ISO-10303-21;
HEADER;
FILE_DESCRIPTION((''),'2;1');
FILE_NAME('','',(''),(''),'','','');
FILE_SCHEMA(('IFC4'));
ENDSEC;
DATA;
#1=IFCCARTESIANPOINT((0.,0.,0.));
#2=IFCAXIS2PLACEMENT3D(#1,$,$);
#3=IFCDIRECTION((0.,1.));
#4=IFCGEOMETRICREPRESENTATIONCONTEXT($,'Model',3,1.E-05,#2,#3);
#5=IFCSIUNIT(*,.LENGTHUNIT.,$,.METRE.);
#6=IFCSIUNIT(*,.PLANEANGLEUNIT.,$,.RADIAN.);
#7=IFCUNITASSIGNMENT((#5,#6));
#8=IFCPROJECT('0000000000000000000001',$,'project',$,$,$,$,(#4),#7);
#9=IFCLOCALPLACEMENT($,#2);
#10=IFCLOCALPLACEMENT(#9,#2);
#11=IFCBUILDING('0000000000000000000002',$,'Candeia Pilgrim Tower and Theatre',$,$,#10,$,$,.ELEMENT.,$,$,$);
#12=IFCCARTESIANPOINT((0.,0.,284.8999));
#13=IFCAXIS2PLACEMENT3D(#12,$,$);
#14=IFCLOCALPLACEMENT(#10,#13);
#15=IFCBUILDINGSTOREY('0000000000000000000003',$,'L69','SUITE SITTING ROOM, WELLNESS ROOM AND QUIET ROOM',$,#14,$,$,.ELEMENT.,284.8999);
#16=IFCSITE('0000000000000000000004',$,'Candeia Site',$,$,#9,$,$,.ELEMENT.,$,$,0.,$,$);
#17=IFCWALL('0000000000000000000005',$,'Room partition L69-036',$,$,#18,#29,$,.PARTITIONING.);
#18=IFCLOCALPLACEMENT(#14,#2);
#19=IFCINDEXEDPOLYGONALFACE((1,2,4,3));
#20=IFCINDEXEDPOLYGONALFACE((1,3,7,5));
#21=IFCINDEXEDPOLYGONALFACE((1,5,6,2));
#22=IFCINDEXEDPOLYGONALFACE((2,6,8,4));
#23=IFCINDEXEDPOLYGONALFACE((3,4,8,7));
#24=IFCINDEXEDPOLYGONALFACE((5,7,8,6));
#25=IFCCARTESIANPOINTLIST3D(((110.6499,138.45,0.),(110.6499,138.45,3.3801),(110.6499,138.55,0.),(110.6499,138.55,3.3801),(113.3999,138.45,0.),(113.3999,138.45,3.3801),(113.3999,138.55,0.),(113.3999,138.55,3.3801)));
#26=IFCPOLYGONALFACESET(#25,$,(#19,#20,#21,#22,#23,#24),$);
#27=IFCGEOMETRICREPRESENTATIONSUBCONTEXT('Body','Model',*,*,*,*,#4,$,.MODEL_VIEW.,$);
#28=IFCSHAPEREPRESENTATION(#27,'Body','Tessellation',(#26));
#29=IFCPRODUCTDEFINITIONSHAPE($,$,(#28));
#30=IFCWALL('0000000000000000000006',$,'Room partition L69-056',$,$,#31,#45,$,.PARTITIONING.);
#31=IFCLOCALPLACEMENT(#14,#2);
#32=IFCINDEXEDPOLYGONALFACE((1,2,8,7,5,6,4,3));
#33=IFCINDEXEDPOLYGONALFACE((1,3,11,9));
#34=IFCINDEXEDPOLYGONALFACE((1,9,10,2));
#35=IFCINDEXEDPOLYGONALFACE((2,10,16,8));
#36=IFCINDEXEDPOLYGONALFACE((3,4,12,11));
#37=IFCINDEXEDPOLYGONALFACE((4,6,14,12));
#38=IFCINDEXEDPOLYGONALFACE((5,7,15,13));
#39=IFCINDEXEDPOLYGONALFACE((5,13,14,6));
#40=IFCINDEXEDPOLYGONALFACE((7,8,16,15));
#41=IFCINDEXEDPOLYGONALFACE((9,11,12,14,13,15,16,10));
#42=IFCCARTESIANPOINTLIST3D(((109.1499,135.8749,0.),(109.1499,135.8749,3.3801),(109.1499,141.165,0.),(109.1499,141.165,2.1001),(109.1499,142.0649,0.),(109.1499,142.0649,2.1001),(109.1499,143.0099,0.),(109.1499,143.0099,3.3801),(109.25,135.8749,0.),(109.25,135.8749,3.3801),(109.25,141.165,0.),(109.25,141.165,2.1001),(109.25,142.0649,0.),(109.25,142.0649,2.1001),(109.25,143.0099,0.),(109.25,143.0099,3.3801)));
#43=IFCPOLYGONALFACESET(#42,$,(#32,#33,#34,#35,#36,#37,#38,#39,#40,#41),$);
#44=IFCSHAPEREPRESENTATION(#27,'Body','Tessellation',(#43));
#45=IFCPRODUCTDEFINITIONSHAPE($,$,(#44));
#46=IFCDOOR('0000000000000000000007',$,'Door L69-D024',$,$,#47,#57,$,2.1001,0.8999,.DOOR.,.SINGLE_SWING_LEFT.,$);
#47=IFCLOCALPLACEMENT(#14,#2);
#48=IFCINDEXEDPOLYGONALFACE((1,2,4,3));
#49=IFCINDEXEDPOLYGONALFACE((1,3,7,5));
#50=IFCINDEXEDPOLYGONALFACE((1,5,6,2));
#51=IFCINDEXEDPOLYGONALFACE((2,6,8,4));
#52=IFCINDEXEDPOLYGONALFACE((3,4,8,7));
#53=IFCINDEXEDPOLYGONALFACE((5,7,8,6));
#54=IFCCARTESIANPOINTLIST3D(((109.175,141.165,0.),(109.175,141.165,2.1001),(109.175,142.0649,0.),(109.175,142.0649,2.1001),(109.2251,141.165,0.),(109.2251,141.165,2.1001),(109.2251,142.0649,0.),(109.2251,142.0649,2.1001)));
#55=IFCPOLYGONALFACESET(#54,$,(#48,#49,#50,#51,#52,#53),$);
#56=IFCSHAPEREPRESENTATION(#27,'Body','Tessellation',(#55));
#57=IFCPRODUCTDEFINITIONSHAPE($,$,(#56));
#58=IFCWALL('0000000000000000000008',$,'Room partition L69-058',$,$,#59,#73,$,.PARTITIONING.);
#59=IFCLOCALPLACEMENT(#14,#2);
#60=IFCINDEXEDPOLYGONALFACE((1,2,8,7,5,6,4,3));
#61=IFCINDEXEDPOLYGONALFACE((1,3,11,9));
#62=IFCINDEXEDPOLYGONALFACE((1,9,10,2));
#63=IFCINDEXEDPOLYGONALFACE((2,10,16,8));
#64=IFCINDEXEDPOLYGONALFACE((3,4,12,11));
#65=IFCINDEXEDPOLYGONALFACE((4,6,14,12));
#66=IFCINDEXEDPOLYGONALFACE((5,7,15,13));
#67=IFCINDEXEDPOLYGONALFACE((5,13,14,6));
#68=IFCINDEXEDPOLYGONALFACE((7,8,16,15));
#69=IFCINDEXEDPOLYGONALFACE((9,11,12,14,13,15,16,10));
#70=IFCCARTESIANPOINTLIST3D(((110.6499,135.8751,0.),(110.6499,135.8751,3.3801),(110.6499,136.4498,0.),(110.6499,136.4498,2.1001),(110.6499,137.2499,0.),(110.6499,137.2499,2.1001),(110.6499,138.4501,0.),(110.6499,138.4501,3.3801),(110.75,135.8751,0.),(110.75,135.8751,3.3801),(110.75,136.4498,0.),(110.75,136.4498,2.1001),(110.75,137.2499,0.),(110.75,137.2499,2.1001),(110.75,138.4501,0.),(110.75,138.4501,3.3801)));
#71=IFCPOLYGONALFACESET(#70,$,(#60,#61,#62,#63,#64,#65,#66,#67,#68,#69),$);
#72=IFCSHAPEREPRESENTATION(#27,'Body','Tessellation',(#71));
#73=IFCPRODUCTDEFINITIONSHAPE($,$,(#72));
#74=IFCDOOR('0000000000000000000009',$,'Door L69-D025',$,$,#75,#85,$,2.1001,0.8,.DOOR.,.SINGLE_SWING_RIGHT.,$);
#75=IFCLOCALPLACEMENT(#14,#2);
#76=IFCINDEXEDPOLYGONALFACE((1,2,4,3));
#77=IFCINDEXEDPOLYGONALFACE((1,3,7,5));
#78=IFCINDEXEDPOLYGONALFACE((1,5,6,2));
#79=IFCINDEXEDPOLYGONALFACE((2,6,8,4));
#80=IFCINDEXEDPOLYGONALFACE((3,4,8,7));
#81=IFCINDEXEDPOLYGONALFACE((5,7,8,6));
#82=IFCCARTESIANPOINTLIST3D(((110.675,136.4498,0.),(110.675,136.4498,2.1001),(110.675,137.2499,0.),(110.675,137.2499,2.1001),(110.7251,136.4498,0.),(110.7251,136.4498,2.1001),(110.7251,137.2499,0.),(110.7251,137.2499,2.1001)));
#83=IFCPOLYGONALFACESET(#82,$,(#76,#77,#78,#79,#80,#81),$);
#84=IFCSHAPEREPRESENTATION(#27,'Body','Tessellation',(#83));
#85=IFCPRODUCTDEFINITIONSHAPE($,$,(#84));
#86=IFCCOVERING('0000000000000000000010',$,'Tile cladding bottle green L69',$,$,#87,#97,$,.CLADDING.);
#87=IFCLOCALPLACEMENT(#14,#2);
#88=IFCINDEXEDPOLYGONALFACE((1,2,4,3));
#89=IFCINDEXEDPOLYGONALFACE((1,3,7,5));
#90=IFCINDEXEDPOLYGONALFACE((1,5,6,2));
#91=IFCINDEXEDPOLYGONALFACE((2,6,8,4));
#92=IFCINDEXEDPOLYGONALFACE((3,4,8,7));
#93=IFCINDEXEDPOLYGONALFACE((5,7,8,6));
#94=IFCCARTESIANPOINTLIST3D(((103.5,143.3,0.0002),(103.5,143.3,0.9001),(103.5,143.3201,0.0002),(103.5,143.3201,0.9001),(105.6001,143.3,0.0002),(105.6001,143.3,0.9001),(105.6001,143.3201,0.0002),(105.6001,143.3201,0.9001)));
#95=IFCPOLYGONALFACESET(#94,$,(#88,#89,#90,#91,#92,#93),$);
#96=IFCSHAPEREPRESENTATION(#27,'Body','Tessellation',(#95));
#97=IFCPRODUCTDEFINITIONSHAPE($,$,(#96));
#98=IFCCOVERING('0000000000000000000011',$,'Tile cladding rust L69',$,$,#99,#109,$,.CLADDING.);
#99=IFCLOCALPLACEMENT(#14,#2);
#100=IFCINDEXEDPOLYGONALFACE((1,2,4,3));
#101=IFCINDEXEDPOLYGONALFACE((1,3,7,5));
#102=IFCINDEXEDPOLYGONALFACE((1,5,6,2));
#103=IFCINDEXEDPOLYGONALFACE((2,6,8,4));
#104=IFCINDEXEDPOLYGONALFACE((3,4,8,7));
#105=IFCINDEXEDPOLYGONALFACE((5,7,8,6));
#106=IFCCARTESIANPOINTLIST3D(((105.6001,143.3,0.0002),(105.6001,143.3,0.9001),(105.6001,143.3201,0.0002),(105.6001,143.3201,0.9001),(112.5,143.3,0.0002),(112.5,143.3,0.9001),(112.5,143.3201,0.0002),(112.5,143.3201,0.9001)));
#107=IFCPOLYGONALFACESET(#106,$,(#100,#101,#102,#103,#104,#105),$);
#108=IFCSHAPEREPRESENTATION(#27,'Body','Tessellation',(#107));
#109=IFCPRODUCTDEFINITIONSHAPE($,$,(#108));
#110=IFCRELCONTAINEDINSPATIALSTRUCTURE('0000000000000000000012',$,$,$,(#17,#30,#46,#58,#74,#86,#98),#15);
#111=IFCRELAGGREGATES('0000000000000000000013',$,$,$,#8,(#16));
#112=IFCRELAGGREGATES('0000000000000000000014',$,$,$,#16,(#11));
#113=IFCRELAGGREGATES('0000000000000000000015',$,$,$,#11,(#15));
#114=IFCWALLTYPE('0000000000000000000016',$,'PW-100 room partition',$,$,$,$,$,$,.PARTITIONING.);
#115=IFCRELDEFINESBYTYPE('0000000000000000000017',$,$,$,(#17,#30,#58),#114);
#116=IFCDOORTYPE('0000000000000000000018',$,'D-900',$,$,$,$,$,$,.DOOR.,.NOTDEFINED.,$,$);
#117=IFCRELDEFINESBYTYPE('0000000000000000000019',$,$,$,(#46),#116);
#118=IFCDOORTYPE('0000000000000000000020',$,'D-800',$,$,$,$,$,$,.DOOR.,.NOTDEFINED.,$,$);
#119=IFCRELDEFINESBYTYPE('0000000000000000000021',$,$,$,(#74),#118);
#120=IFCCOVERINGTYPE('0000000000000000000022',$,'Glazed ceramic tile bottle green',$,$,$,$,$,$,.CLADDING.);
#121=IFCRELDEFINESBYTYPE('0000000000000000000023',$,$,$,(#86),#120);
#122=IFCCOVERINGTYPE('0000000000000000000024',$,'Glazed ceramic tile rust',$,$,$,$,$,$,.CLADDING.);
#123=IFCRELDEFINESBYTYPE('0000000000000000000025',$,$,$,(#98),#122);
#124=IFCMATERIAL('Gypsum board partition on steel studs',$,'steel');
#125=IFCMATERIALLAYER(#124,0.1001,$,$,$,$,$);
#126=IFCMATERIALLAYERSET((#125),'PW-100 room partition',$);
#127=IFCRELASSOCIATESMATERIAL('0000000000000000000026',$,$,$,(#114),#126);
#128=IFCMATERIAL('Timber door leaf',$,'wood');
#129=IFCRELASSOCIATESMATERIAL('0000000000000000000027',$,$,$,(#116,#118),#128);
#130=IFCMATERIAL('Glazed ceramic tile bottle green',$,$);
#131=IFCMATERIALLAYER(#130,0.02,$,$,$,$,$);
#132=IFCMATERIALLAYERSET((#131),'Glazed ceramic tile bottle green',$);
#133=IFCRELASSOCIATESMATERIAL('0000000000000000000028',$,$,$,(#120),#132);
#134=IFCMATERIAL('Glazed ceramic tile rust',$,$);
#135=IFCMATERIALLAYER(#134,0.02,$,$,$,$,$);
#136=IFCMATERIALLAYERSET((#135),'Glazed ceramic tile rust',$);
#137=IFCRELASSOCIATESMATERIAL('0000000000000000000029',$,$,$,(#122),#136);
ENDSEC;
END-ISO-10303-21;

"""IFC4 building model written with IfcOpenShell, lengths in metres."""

from ifc_helpers import new_model, si_unit, direction, frame, frame_2d, origin, origin_2d, place, context, subcontext, project, spatial, rectangle, extrude, material, layer, layer_set, type_object, element, fill, save


model = new_model("IFC4")

# Units and contexts
model_context = context("Model", 3, precision=1e-05, world=origin(), true_north=direction((0.0, 1.0)))
body_context = subcontext(model_context, "Body", "Model", "MODEL_VIEW")
ifc_project = project(units=[si_unit("LENGTHUNIT", "METRE"), si_unit("PLANEANGLEUNIT", "RADIAN")], contexts=[model_context])

# Site, building, storey
site_placement = place(None, origin())
site = spatial("IfcSite", under=ifc_project, at=site_placement, Name="Candeia Site", CompositionType="ELEMENT", RefElevation=0.0)
building_placement = place(site_placement, origin())
building = spatial("IfcBuilding", under=site, at=building_placement, Name="Candeia Pilgrim Tower and Theatre", CompositionType="ELEMENT")
storey_placement = place(building_placement, frame((0.0, 0.0, 284.8999)))
storey = spatial("IfcBuildingStorey", under=building, at=storey_placement, Name="L69", Description="SUITE SITTING ROOM, WELLNESS ROOM AND QUIET ROOM", CompositionType="ELEMENT", Elevation=284.8999)

# Wall
ifc_material_1 = material(Name="Gypsum board partition on steel studs", Category="steel")
ifc_layer_1 = layer(ifc_material_1, 0.1001)
ifc_layer_set_1 = layer_set([ifc_layer_1], Name="PW-100 room partition")
wall_type_1 = type_object("IfcWallType", Name="PW-100 room partition", PredefinedType="PARTITIONING", material=ifc_layer_set_1)
wall_1_placement = place(storey_placement, frame((110.6499, 138.5, 0.0), z_axis=(0.0, 0.0, 1.0), x_axis=(1.0, 0.0, 0.0)))
element("IfcWall", 1, at=wall_1_placement, inside=storey, type_object=wall_type_1, Name="Room partition L69-036", PredefinedType="PARTITIONING", context=body_context, shape_type="SweptSolid", body=[
    extrude(rectangle(XDim=2.75, YDim=0.1001, at=frame_2d((1.375, 0.0))), origin(), (0.0, 0.0, 1.0), 3.3801),
])

# Walls, openings, doors
wall_2_placement = place(storey_placement, frame((109.2, 135.875, 0.0), z_axis=(0.0, 0.0, 1.0), x_axis=(0.0, 1.0, 0.0)))
wall_2 = element("IfcWall", 2, at=wall_2_placement, inside=storey, type_object=wall_type_1, Name="Room partition L69-056", PredefinedType="PARTITIONING", context=body_context, shape_type="SweptSolid", body=[
    extrude(rectangle(XDim=7.135, YDim=0.1001, at=frame_2d((3.5674, 0.0))), origin(), (0.0, 0.0, 1.0), 3.3801),
])
opening_1_placement = place(wall_2_placement, frame((5.29, 0.0, 0.0)))
opening_1 = element("IfcOpeningElement", 3, at=opening_1_placement, cuts=wall_2, PredefinedType="OPENING", context=body_context, shape_type="SweptSolid", body=[
    extrude(rectangle(XDim=0.8999, YDim=2.1001, at=frame_2d((0.45, 1.05))), frame((0.0, 0.0601, 0.0), z_axis=(0.0, -1.0, 0.0), x_axis=(1.0, 0.0, 0.0)), (0.0, 0.0, 1.0), 0.1201),
])
ifc_material_2 = material(Name="Timber door leaf", Category="wood")
door_type_1 = type_object("IfcDoorType", Name="D-900", OperationType="NOTDEFINED", PredefinedType="DOOR", material=ifc_material_2)
door_1_placement = place(opening_1_placement, origin())
door_1 = element("IfcDoor", 4, at=door_1_placement, inside=storey, type_object=door_type_1, Name="Door L69-D024", OperationType="SINGLE_SWING_LEFT", OverallHeight=2.1001, OverallWidth=0.8999, PredefinedType="DOOR", context=body_context, shape_type="SweptSolid", body=[
    extrude(rectangle(XDim=0.8999, YDim=2.1001, at=frame_2d((0.45, 1.05))), frame((0.0, 0.0249, 0.0), z_axis=(0.0, -1.0, 0.0), x_axis=(1.0, 0.0, 0.0)), (0.0, 0.0, 1.0), 0.05),
])
fill(opening_1, door_1)
wall_3_placement = place(storey_placement, frame((110.7, 135.875, 0.0), z_axis=(0.0, 0.0, 1.0), x_axis=(0.0, 1.0, 0.0)))
wall_3 = element("IfcWall", 5, at=wall_3_placement, inside=storey, type_object=wall_type_1, Name="Room partition L69-058", PredefinedType="PARTITIONING", context=body_context, shape_type="SweptSolid", body=[
    extrude(rectangle(XDim=2.575, YDim=0.1001, at=frame_2d((1.2876, 0.0))), origin(), (0.0, 0.0, 1.0), 3.3801),
])
opening_2_placement = place(wall_3_placement, frame((0.575, 0.0, 0.0)))
opening_2 = element("IfcOpeningElement", 6, at=opening_2_placement, cuts=wall_3, PredefinedType="OPENING", context=body_context, shape_type="SweptSolid", body=[
    extrude(rectangle(XDim=0.8, YDim=2.1001, at=frame_2d((0.3999, 1.05))), frame((0.0, 0.0601, 0.0), z_axis=(0.0, -1.0, 0.0), x_axis=(1.0, 0.0, 0.0)), (0.0, 0.0, 1.0), 0.1201),
])
door_type_2 = type_object("IfcDoorType", Name="D-800", OperationType="NOTDEFINED", PredefinedType="DOOR", material=ifc_material_2)
door_2_placement = place(opening_2_placement, origin())
door_2 = element("IfcDoor", 7, at=door_2_placement, inside=storey, type_object=door_type_2, Name="Door L69-D025", OperationType="SINGLE_SWING_RIGHT", OverallHeight=2.1001, OverallWidth=0.8, PredefinedType="DOOR", context=body_context, shape_type="SweptSolid", body=[
    extrude(rectangle(XDim=0.8, YDim=2.1001, at=frame_2d((0.3999, 1.05))), frame((0.0, 0.0249, 0.0), z_axis=(0.0, -1.0, 0.0), x_axis=(1.0, 0.0, 0.0)), (0.0, 0.0, 1.0), 0.05),
])
fill(opening_2, door_2)

# Coverings
ifc_material_3 = material(Name="Glazed ceramic tile bottle green")
ifc_layer_2 = layer(ifc_material_3, 0.02)
ifc_layer_set_2 = layer_set([ifc_layer_2], Name="Glazed ceramic tile bottle green")
covering_type_1 = type_object("IfcCoveringType", Name="Glazed ceramic tile bottle green", PredefinedType="CLADDING", material=ifc_layer_set_2)
covering_1_placement = place(storey_placement, frame((104.55, 143.3101, 0.0002), z_axis=(0.0, 0.0, 1.0), x_axis=(-1.0, 0.0, 0.0)))
element("IfcCovering", 8, at=covering_1_placement, inside=storey, type_object=covering_type_1, Name="Tile cladding bottle green L69", PredefinedType="CLADDING", context=body_context, shape_type="SweptSolid", body=[
    extrude(rectangle(XDim=2.1001, YDim=0.02, at=origin_2d()), origin(), (0.0, 0.0, 1.0), 0.8999),
])
ifc_material_4 = material(Name="Glazed ceramic tile rust")
ifc_layer_3 = layer(ifc_material_4, 0.02)
ifc_layer_set_3 = layer_set([ifc_layer_3], Name="Glazed ceramic tile rust")
covering_type_2 = type_object("IfcCoveringType", Name="Glazed ceramic tile rust", PredefinedType="CLADDING", material=ifc_layer_set_3)
covering_2_placement = place(storey_placement, frame((109.05, 143.3101, 0.0002), z_axis=(0.0, 0.0, 1.0), x_axis=(-1.0, 0.0, 0.0)))
element("IfcCovering", 9, at=covering_2_placement, inside=storey, type_object=covering_type_2, Name="Tile cladding rust L69", PredefinedType="CLADDING", context=body_context, shape_type="SweptSolid", body=[
    extrude(rectangle(XDim=6.8999, YDim=0.02, at=origin_2d()), origin(), (0.0, 0.0, 1.0), 0.8999),
])

save(model, "model.ifc")
